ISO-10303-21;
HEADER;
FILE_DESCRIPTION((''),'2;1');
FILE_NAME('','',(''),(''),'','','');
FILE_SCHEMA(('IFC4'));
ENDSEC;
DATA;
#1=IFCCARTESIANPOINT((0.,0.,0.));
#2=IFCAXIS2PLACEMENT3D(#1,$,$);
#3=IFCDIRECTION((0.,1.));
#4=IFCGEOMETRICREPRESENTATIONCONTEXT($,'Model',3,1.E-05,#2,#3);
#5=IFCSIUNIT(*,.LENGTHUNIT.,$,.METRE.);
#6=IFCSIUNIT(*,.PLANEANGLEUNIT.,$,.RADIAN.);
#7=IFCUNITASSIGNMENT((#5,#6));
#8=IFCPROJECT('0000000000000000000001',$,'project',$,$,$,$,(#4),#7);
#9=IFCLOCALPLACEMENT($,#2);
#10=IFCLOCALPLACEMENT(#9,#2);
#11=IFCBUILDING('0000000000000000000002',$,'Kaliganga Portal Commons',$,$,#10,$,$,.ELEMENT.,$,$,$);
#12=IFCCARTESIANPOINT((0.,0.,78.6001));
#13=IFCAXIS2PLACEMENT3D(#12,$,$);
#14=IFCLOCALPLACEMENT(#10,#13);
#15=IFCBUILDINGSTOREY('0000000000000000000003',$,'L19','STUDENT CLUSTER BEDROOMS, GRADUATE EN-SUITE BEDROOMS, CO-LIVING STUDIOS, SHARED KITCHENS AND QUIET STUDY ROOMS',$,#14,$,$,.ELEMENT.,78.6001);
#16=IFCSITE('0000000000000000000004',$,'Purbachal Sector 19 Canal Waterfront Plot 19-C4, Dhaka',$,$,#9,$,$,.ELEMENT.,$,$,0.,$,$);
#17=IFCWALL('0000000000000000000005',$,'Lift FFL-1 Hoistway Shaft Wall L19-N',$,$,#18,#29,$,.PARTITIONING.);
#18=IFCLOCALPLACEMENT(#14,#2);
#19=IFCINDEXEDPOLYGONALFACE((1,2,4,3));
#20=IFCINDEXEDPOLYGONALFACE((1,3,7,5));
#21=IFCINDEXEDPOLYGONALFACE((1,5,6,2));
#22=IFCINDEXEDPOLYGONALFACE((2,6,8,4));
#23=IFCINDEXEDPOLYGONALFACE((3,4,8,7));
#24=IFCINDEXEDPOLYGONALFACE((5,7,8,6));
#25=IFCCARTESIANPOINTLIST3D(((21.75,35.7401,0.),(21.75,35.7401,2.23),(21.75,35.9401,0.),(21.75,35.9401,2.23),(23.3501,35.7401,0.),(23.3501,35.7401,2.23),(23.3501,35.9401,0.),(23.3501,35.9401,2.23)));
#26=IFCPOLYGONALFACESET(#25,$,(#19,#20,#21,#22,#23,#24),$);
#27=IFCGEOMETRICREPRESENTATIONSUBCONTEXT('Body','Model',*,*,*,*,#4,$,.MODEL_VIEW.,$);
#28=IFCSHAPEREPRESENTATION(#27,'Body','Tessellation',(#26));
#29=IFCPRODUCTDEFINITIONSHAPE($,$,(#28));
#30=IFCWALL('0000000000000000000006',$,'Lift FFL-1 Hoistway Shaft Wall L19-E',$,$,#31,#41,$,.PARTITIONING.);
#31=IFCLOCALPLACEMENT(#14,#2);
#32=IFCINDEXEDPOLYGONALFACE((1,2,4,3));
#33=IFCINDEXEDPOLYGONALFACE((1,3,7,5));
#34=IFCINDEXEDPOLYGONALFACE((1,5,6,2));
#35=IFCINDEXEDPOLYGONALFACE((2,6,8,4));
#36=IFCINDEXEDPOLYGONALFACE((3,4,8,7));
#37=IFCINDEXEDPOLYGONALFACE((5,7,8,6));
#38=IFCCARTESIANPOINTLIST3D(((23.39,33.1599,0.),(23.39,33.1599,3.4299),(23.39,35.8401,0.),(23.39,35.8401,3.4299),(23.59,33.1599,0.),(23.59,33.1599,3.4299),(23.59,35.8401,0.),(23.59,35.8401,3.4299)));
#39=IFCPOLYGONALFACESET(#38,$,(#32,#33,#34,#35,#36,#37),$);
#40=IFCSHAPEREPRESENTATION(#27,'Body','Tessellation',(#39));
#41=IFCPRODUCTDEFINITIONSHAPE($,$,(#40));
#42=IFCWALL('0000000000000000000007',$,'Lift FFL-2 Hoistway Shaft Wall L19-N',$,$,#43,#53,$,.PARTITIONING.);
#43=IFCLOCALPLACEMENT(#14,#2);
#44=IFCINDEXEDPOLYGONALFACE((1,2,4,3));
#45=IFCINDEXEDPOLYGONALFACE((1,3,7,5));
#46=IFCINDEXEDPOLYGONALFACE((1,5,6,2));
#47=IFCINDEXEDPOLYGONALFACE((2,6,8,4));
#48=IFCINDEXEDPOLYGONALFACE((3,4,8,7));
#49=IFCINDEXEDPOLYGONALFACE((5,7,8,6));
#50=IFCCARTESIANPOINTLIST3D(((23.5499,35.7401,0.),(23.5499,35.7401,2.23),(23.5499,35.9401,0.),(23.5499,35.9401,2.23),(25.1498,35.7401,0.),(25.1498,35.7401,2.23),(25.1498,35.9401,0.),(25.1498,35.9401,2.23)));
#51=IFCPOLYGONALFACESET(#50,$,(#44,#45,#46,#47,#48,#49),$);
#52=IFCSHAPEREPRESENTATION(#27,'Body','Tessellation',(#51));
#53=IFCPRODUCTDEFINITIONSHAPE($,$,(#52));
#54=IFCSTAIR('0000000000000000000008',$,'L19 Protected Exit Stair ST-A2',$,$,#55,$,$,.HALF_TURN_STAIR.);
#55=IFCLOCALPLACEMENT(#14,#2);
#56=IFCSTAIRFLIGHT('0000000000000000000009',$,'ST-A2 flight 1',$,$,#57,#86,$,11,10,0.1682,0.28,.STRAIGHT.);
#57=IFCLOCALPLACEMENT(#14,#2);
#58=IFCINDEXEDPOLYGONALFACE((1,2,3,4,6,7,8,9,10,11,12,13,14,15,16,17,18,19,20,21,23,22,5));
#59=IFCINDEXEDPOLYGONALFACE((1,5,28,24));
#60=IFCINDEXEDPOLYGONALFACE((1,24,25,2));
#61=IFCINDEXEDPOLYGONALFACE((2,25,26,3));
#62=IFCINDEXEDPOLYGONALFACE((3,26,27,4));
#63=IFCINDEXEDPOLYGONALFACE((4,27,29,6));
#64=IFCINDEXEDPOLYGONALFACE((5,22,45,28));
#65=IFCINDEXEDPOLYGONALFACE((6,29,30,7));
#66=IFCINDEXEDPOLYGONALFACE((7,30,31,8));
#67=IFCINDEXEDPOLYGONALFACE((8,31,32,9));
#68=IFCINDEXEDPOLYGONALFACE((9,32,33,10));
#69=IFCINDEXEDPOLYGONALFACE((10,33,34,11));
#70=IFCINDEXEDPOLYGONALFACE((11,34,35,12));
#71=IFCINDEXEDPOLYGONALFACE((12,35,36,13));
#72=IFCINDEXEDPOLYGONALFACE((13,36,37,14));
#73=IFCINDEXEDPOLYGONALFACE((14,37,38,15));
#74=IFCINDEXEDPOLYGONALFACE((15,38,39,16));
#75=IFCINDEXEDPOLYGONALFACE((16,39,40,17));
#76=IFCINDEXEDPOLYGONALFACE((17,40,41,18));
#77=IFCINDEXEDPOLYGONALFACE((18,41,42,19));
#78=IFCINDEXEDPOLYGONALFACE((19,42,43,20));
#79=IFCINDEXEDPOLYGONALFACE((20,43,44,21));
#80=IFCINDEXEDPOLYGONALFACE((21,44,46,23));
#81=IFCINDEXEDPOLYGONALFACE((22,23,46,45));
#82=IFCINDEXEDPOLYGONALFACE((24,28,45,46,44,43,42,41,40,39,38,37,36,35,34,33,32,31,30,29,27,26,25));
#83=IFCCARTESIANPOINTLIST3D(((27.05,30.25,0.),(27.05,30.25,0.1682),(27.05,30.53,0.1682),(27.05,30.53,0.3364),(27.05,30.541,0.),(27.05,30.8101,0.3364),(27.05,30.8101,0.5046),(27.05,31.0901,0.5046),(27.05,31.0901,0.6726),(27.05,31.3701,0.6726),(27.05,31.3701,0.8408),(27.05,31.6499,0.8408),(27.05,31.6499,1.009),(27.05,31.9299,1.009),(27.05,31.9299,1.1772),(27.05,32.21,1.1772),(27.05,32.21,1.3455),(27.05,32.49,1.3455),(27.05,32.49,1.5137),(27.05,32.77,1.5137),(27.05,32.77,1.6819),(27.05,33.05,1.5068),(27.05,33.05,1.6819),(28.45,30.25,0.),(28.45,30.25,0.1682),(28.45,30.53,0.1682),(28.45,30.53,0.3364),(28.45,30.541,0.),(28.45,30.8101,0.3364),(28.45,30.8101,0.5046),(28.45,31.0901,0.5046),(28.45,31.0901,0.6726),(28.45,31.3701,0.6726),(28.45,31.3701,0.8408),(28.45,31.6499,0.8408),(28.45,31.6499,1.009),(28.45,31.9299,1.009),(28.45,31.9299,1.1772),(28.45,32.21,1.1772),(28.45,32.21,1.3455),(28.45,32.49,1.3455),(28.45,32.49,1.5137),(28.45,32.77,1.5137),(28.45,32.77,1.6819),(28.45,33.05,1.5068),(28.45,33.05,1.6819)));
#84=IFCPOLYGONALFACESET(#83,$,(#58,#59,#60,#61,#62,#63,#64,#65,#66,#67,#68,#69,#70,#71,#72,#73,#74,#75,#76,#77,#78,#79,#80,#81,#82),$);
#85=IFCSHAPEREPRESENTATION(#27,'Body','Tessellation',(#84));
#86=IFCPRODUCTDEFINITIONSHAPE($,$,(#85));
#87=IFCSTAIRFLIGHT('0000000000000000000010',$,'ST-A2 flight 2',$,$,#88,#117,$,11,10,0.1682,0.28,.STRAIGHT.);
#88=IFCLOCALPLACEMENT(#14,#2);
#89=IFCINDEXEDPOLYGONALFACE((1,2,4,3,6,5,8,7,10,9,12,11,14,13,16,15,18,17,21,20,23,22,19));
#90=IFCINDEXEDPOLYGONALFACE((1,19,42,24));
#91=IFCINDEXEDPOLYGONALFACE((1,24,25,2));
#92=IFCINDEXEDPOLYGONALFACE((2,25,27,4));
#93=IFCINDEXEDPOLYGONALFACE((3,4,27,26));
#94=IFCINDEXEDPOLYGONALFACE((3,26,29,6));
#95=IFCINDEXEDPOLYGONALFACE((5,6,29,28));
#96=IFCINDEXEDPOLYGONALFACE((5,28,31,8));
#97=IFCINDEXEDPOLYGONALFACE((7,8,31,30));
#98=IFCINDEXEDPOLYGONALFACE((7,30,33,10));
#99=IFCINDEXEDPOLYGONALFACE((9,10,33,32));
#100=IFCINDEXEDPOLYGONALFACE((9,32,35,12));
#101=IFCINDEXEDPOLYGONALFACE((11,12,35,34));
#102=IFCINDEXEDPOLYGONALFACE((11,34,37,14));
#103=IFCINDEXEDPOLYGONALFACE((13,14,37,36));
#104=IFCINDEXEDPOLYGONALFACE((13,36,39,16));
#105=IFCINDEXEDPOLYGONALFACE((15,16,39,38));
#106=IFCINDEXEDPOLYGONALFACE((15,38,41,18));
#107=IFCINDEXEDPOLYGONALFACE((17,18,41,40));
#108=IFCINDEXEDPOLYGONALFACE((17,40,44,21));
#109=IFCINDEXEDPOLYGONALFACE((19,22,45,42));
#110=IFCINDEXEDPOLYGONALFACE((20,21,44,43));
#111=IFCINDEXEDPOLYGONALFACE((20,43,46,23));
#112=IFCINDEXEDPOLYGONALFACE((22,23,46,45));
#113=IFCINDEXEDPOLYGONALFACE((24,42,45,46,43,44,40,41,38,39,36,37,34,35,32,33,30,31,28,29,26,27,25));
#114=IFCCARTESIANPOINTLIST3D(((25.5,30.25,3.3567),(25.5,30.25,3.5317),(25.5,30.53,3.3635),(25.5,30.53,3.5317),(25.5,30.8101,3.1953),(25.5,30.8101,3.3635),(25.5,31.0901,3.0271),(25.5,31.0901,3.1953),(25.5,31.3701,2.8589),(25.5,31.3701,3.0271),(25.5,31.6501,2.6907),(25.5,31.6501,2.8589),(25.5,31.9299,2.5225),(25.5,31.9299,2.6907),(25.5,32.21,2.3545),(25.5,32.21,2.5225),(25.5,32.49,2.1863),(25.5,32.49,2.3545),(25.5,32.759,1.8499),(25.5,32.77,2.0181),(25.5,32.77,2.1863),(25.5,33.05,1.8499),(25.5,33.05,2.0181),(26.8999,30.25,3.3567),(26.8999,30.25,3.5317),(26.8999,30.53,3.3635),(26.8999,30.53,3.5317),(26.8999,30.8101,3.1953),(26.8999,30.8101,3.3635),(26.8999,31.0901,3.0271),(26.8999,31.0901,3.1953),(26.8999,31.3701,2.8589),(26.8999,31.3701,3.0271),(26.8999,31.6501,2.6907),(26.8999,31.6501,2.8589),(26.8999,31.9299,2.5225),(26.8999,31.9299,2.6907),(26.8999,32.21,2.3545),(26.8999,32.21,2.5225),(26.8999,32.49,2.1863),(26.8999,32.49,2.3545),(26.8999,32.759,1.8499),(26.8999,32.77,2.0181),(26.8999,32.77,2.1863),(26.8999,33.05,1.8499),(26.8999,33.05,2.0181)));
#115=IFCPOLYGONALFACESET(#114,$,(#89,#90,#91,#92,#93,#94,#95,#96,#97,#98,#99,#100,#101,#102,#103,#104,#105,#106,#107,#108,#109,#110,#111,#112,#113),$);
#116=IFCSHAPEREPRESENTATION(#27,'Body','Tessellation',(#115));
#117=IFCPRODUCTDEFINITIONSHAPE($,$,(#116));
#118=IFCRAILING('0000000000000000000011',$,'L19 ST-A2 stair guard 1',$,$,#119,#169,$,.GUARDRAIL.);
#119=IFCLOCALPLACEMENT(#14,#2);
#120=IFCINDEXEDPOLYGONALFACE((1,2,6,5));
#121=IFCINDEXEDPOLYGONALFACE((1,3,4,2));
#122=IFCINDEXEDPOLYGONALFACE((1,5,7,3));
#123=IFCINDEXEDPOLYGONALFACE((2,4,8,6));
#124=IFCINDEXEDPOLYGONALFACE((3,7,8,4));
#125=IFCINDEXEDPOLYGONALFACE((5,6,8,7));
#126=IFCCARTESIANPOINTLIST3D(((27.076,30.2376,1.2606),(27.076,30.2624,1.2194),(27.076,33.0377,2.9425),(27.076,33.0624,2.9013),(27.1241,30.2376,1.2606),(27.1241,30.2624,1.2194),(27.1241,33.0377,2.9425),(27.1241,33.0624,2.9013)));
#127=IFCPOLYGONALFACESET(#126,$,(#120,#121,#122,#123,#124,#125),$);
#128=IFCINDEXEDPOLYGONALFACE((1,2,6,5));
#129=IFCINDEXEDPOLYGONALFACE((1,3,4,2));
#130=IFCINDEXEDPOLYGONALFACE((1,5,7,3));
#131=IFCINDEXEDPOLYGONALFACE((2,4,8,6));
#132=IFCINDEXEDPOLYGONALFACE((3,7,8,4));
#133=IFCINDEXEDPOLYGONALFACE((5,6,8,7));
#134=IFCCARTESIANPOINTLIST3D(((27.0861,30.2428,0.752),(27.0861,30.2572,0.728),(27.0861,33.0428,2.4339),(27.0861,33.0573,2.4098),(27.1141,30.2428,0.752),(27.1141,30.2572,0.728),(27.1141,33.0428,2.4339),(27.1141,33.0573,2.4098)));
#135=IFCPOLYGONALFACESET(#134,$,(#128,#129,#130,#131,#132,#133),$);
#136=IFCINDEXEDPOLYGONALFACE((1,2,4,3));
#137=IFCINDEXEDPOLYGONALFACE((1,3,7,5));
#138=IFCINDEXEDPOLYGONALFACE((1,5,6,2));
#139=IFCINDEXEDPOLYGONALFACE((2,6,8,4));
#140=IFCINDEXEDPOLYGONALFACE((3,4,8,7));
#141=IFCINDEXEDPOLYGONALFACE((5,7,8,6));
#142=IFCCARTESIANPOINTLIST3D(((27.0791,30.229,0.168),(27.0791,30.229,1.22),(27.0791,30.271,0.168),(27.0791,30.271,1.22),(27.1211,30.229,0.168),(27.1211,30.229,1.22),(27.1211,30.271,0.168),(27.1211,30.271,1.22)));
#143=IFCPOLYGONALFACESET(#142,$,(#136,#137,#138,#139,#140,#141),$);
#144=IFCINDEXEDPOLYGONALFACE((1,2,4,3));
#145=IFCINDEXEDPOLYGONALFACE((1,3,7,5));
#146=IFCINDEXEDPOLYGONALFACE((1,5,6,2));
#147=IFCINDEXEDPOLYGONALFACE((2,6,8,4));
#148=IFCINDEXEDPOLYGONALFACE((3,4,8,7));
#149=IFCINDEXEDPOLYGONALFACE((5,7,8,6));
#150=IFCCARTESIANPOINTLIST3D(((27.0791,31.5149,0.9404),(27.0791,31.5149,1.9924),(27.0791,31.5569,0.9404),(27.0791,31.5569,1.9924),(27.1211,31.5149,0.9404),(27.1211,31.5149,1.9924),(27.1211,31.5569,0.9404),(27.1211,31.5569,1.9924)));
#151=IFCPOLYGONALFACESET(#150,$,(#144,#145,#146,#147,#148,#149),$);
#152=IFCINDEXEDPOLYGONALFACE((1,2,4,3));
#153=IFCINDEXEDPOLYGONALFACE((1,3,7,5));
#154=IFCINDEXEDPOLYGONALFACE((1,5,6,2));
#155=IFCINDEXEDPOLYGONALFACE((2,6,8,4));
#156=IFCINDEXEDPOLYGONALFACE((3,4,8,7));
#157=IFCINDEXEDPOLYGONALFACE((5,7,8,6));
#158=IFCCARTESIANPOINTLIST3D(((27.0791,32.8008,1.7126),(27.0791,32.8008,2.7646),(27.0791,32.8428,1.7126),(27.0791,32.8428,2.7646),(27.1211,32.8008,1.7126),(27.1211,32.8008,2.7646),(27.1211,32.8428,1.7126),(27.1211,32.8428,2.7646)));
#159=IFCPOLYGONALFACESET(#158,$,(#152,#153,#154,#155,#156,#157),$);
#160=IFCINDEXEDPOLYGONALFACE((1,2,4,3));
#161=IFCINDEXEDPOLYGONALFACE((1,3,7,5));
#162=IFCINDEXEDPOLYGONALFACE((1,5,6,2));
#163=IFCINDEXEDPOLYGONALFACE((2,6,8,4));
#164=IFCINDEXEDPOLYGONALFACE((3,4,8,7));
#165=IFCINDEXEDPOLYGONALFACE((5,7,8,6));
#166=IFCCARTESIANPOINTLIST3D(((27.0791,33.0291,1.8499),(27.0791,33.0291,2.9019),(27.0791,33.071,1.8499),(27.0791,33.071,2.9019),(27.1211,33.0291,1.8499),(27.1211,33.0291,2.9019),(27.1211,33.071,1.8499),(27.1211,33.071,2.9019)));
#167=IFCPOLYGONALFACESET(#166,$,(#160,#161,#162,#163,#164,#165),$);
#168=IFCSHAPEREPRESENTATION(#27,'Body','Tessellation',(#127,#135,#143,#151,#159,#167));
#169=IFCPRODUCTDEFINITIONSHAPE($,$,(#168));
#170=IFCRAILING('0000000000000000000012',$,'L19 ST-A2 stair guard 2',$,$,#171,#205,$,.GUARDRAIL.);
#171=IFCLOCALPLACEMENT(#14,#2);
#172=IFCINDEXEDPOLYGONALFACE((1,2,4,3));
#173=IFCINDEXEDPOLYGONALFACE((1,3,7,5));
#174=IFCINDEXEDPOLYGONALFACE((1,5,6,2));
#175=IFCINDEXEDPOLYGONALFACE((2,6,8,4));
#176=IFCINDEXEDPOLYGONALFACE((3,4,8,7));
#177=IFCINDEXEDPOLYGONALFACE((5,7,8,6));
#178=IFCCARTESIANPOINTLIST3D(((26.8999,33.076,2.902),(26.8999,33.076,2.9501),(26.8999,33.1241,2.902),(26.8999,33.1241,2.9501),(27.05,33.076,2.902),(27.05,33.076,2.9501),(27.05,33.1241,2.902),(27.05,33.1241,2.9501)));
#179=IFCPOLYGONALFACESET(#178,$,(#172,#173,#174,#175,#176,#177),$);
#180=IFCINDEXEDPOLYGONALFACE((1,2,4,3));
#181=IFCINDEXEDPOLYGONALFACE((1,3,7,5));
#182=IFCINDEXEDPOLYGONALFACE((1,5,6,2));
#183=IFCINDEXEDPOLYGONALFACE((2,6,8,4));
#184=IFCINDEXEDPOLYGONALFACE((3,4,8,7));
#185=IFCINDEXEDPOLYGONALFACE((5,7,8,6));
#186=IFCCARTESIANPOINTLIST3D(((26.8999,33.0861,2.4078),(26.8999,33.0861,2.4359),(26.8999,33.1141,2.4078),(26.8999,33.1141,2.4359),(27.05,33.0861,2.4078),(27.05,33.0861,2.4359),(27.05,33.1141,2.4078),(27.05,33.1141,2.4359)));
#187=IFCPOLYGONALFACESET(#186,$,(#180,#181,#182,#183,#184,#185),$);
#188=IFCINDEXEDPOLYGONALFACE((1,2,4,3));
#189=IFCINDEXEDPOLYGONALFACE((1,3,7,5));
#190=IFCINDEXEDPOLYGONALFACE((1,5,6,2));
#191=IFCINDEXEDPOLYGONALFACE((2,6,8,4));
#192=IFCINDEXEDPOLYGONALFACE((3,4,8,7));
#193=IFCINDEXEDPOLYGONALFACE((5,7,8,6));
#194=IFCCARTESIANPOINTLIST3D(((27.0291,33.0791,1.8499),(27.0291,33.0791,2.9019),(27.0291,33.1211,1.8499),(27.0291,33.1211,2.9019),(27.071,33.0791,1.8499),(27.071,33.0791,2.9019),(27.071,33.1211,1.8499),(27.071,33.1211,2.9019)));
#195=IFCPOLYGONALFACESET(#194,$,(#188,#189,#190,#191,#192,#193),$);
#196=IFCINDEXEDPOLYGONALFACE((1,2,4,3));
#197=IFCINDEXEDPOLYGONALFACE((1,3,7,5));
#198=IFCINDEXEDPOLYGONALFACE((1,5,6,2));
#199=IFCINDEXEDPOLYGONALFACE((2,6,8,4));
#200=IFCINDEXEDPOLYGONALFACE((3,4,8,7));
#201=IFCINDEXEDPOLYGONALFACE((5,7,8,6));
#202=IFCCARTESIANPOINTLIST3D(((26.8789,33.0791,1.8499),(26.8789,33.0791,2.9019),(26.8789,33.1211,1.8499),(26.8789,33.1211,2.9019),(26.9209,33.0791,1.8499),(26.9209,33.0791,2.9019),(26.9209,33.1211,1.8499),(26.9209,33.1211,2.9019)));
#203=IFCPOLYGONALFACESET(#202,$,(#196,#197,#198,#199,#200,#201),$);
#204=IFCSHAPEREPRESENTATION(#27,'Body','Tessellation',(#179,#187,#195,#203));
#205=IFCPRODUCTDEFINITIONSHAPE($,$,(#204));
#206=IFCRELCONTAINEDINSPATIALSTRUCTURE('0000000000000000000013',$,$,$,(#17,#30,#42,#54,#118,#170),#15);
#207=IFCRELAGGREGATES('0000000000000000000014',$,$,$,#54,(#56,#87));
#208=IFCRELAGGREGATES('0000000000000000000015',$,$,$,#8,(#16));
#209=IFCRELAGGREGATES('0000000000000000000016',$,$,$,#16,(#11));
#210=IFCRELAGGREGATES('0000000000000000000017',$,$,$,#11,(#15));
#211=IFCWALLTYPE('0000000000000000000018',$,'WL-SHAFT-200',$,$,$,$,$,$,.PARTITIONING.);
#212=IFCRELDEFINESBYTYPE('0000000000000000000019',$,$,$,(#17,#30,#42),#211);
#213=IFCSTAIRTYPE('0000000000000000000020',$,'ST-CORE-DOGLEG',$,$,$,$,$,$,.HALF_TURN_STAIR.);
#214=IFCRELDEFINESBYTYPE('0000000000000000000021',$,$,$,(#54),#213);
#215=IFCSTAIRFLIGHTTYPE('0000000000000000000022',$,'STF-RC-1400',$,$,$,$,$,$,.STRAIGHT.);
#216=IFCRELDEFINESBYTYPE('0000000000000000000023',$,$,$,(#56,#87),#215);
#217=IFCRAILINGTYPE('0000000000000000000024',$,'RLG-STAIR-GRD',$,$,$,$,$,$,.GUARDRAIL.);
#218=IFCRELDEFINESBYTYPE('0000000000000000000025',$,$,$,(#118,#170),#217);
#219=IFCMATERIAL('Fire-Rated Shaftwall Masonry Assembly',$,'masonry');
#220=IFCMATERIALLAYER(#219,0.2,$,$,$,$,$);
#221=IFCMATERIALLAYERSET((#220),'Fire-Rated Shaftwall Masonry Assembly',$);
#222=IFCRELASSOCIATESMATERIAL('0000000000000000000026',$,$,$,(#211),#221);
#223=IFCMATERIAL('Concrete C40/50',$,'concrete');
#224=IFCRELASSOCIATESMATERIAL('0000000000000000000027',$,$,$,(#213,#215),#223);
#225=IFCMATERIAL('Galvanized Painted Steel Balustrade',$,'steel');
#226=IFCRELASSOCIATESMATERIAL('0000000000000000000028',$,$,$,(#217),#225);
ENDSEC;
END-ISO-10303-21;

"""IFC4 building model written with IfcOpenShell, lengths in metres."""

from ifc_helpers import new_model, si_unit, direction, frame, frame_2d, origin, origin_2d, place, context, subcontext, project, spatial, polyline, rectangle, outline, extrude, material, layer, layer_set, type_object, element, aggregate, save


model = new_model("IFC4")

# Units and contexts
model_context = context("Model", 3, precision=1e-05, world=origin(), true_north=direction((0.0, 1.0)))
body_context = subcontext(model_context, "Body", "Model", "MODEL_VIEW")
ifc_project = project(units=[si_unit("LENGTHUNIT", "METRE"), si_unit("PLANEANGLEUNIT", "RADIAN")], contexts=[model_context])

# Site, building, storey
site_placement = place(None, origin())
site = spatial("IfcSite", under=ifc_project, at=site_placement, Name="Purbachal Sector 19 Canal Waterfront Plot 19-C4, Dhaka", CompositionType="ELEMENT", RefElevation=0.0)
building_placement = place(site_placement, origin())
building = spatial("IfcBuilding", under=site, at=building_placement, Name="Kaliganga Portal Commons", CompositionType="ELEMENT")
storey_placement = place(building_placement, frame((0.0, 0.0, 78.6001)))
storey = spatial("IfcBuildingStorey", under=building, at=storey_placement, Name="L19", Description="STUDENT CLUSTER BEDROOMS, GRADUATE EN-SUITE BEDROOMS, CO-LIVING STUDIOS, SHARED KITCHENS AND QUIET STUDY ROOMS", CompositionType="ELEMENT", Elevation=78.6001)

# Shared definitions
ifc_material_1 = material(Name="Fire-Rated Shaftwall Masonry Assembly", Category="masonry")
ifc_layer_1 = layer(ifc_material_1, 0.2)
ifc_layer_set_1 = layer_set([ifc_layer_1], Name="Fire-Rated Shaftwall Masonry Assembly")
wall_type_1 = type_object("IfcWallType", Name="WL-SHAFT-200", PredefinedType="PARTITIONING", material=ifc_layer_set_1)

# Walls
wall_1_placement = place(storey_placement, frame((21.75, 35.8401, 0.0), z_axis=(0.0, 0.0, 1.0), x_axis=(1.0, 0.0, 0.0)))
element("IfcWall", 1, at=wall_1_placement, inside=storey, type_object=wall_type_1, Name="Lift FFL-1 Hoistway Shaft Wall L19-N", PredefinedType="PARTITIONING", context=body_context, shape_type="SweptSolid", body=[
    extrude(rectangle(XDim=1.6001, YDim=0.2, at=frame_2d((0.8, 0.0))), origin(), (0.0, 0.0, 1.0), 2.23),
])
wall_2_placement = place(storey_placement, frame((23.49, 33.1599, 0.0), z_axis=(0.0, 0.0, 1.0), x_axis=(0.0, 1.0, 0.0)))
element("IfcWall", 2, at=wall_2_placement, inside=storey, type_object=wall_type_1, Name="Lift FFL-1 Hoistway Shaft Wall L19-E", PredefinedType="PARTITIONING", context=body_context, shape_type="SweptSolid", body=[
    extrude(rectangle(XDim=2.6802, YDim=0.2, at=frame_2d((1.3401, 0.0))), origin(), (0.0, 0.0, 1.0), 3.4299),
])

# Wall
wall_3_placement = place(storey_placement, frame((23.55, 35.8401, 0.0), z_axis=(0.0, 0.0, 1.0), x_axis=(1.0, 0.0, 0.0)))
element("IfcWall", 3, at=wall_3_placement, inside=storey, type_object=wall_type_1, Name="Lift FFL-2 Hoistway Shaft Wall L19-N", PredefinedType="PARTITIONING", context=body_context, shape_type="SweptSolid", body=[
    extrude(rectangle(XDim=1.5999, YDim=0.2, at=frame_2d((0.7998, 0.0))), origin(), (0.0, 0.0, 1.0), 2.23),
])

# Stair, stair flights
ifc_material_2 = material(Name="Concrete C40/50", Category="concrete")
stair_type = type_object("IfcStairType", Name="ST-CORE-DOGLEG", PredefinedType="HALF_TURN_STAIR", material=ifc_material_2)
stair_placement = place(storey_placement, origin())
stair = element("IfcStair", 4, at=stair_placement, inside=storey, type_object=stair_type, Name="L19 Protected Exit Stair ST-A2", PredefinedType="HALF_TURN_STAIR")
stair_flight_type = type_object("IfcStairFlightType", Name="STF-RC-1400", PredefinedType="STRAIGHT", material=ifc_material_2)
stair_flight_1_placement = place(storey_placement, frame((27.75, 30.25, 0.0), z_axis=(0.0, 0.0, 1.0), x_axis=(0.0, 1.0, 0.0)))
stair_flight_1 = element("IfcStairFlight", 5, at=stair_flight_1_placement, type_object=stair_flight_type, Name="ST-A2 flight 1", NumberOfRisers=11, NumberOfTreads=10, PredefinedType="STRAIGHT", RiserHeight=0.1682, TreadLength=0.28, context=body_context, shape_type="SweptSolid", body=[
    extrude(outline(polyline([(0.0, 0.0), (0.0, 0.1682), (0.28, 0.1682), (0.28, 0.3364), (0.5601, 0.3364), (0.5601, 0.5046), (0.8401, 0.5046), (0.8401, 0.6726), (1.1201, 0.6726), (1.1201, 0.8408), (1.3999, 0.8408), (1.3999, 1.009), (1.6799, 1.009), (1.6799, 1.1772), (1.96, 1.1772), (1.96, 1.3455), (2.24, 1.3455), (2.24, 1.5137), (2.52, 1.5137), (2.52, 1.6819), (2.8, 1.6819), (2.8, 1.8501), (2.8, 1.5068), (0.291, 0.0), (0.0, 0.0)])), frame((0.0, 0.7, 0.0), z_axis=(0.0, -1.0, 0.0), x_axis=(1.0, 0.0, 0.0)), (0.0, 0.0, 1.0), 1.3999),
])
stair_flight_2_placement = place(storey_placement, frame((26.2, 33.05, 1.8499), z_axis=(0.0, 0.0, 1.0), x_axis=(0.0, -1.0, 0.0)))
stair_flight_2 = element("IfcStairFlight", 6, at=stair_flight_2_placement, type_object=stair_flight_type, Name="ST-A2 flight 2", NumberOfRisers=11, NumberOfTreads=10, PredefinedType="STRAIGHT", RiserHeight=0.1682, TreadLength=0.28, context=body_context, shape_type="SweptSolid", body=[
    extrude(outline(polyline([(0.0, 0.0), (0.0, 0.1682), (0.28, 0.1682), (0.28, 0.3364), (0.5601, 0.3364), (0.5601, 0.5046), (0.8401, 0.5046), (0.8401, 0.6726), (1.1201, 0.6726), (1.1201, 0.8408), (1.3999, 0.8408), (1.3999, 1.009), (1.6799, 1.009), (1.6799, 1.1772), (1.96, 1.1772), (1.96, 1.3455), (2.24, 1.3455), (2.24, 1.5137), (2.52, 1.5137), (2.52, 1.6819), (2.8, 1.6819), (2.8, 1.8501), (2.8, 1.5068), (0.291, 0.0), (0.0, 0.0)])), frame((0.0, 0.7, 0.0), z_axis=(0.0, -1.0, 0.0), x_axis=(1.0, 0.0, 0.0)), (0.0, 0.0, 1.0), 1.3999),
])
aggregate(stair, [stair_flight_1, stair_flight_2])

# Railings
ifc_material_3 = material(Name="Galvanized Painted Steel Balustrade", Category="steel")
railing_type_1 = type_object("IfcRailingType", Name="RLG-STAIR-GRD", PredefinedType="GUARDRAIL", material=ifc_material_3)
railing_1_placement = place(storey_placement, frame((27.1001, 30.25, 0.168)))
element("IfcRailing", 7, at=railing_1_placement, inside=storey, type_object=railing_type_1, Name="L19 ST-A2 stair guard 1", PredefinedType="GUARDRAIL", context=body_context, shape_type="SweptSolid", body=[
    extrude(rectangle(XDim=0.0481, YDim=0.0481, at=origin_2d()), frame((0.0, 0.0, 1.072), z_axis=(0.0, 0.857242, 0.514913), x_axis=(-1.0, 0.0, 0.0)), (0.0, 0.0, 1.0), 3.2664),
    extrude(rectangle(XDim=0.0281, YDim=0.0281, at=origin_2d()), frame((0.0, 0.0, 0.572), z_axis=(0.0, 0.857242, 0.514913), x_axis=(-1.0, 0.0, 0.0)), (0.0, 0.0, 1.0), 3.2664),
    extrude(rectangle(XDim=0.042, YDim=0.042, at=origin_2d()), origin(), (0.0, 0.0, 1.0), 1.052),
    extrude(rectangle(XDim=0.042, YDim=0.042, at=origin_2d()), frame((0.0, 1.2859, 0.7725)), (0.0, 0.0, 1.0), 1.052),
    extrude(rectangle(XDim=0.042, YDim=0.042, at=origin_2d()), frame((0.0, 2.5718, 1.5447)), (0.0, 0.0, 1.0), 1.052),
    extrude(rectangle(XDim=0.042, YDim=0.042, at=origin_2d()), frame((0.0, 2.8, 1.6819)), (0.0, 0.0, 1.0), 1.052),
])
railing_2_placement = place(storey_placement, frame((27.05, 33.1001, 1.8499)))
element("IfcRailing", 8, at=railing_2_placement, inside=storey, type_object=railing_type_1, Name="L19 ST-A2 stair guard 2", PredefinedType="GUARDRAIL", context=body_context, shape_type="SweptSolid", body=[
    extrude(rectangle(XDim=0.0481, YDim=0.0481, at=origin_2d()), frame((0.0, 0.0, 1.0762), z_axis=(-1.0, 0.0, 0.0), x_axis=(0.0, -1.0, 0.0)), (0.0, 0.0, 1.0), 0.1501),
    extrude(rectangle(XDim=0.0281, YDim=0.0281, at=origin_2d()), frame((0.0, 0.0, 0.572), z_axis=(-1.0, 0.0, 0.0), x_axis=(0.0, -1.0, 0.0)), (0.0, 0.0, 1.0), 0.1501),
    extrude(rectangle(XDim=0.042, YDim=0.042, at=origin_2d()), origin(), (0.0, 0.0, 1.0), 1.052),
    extrude(rectangle(XDim=0.042, YDim=0.042, at=origin_2d()), frame((-0.1501, 0.0, 0.0)), (0.0, 0.0, 1.0), 1.052),
])

save(model, "model.ifc")
